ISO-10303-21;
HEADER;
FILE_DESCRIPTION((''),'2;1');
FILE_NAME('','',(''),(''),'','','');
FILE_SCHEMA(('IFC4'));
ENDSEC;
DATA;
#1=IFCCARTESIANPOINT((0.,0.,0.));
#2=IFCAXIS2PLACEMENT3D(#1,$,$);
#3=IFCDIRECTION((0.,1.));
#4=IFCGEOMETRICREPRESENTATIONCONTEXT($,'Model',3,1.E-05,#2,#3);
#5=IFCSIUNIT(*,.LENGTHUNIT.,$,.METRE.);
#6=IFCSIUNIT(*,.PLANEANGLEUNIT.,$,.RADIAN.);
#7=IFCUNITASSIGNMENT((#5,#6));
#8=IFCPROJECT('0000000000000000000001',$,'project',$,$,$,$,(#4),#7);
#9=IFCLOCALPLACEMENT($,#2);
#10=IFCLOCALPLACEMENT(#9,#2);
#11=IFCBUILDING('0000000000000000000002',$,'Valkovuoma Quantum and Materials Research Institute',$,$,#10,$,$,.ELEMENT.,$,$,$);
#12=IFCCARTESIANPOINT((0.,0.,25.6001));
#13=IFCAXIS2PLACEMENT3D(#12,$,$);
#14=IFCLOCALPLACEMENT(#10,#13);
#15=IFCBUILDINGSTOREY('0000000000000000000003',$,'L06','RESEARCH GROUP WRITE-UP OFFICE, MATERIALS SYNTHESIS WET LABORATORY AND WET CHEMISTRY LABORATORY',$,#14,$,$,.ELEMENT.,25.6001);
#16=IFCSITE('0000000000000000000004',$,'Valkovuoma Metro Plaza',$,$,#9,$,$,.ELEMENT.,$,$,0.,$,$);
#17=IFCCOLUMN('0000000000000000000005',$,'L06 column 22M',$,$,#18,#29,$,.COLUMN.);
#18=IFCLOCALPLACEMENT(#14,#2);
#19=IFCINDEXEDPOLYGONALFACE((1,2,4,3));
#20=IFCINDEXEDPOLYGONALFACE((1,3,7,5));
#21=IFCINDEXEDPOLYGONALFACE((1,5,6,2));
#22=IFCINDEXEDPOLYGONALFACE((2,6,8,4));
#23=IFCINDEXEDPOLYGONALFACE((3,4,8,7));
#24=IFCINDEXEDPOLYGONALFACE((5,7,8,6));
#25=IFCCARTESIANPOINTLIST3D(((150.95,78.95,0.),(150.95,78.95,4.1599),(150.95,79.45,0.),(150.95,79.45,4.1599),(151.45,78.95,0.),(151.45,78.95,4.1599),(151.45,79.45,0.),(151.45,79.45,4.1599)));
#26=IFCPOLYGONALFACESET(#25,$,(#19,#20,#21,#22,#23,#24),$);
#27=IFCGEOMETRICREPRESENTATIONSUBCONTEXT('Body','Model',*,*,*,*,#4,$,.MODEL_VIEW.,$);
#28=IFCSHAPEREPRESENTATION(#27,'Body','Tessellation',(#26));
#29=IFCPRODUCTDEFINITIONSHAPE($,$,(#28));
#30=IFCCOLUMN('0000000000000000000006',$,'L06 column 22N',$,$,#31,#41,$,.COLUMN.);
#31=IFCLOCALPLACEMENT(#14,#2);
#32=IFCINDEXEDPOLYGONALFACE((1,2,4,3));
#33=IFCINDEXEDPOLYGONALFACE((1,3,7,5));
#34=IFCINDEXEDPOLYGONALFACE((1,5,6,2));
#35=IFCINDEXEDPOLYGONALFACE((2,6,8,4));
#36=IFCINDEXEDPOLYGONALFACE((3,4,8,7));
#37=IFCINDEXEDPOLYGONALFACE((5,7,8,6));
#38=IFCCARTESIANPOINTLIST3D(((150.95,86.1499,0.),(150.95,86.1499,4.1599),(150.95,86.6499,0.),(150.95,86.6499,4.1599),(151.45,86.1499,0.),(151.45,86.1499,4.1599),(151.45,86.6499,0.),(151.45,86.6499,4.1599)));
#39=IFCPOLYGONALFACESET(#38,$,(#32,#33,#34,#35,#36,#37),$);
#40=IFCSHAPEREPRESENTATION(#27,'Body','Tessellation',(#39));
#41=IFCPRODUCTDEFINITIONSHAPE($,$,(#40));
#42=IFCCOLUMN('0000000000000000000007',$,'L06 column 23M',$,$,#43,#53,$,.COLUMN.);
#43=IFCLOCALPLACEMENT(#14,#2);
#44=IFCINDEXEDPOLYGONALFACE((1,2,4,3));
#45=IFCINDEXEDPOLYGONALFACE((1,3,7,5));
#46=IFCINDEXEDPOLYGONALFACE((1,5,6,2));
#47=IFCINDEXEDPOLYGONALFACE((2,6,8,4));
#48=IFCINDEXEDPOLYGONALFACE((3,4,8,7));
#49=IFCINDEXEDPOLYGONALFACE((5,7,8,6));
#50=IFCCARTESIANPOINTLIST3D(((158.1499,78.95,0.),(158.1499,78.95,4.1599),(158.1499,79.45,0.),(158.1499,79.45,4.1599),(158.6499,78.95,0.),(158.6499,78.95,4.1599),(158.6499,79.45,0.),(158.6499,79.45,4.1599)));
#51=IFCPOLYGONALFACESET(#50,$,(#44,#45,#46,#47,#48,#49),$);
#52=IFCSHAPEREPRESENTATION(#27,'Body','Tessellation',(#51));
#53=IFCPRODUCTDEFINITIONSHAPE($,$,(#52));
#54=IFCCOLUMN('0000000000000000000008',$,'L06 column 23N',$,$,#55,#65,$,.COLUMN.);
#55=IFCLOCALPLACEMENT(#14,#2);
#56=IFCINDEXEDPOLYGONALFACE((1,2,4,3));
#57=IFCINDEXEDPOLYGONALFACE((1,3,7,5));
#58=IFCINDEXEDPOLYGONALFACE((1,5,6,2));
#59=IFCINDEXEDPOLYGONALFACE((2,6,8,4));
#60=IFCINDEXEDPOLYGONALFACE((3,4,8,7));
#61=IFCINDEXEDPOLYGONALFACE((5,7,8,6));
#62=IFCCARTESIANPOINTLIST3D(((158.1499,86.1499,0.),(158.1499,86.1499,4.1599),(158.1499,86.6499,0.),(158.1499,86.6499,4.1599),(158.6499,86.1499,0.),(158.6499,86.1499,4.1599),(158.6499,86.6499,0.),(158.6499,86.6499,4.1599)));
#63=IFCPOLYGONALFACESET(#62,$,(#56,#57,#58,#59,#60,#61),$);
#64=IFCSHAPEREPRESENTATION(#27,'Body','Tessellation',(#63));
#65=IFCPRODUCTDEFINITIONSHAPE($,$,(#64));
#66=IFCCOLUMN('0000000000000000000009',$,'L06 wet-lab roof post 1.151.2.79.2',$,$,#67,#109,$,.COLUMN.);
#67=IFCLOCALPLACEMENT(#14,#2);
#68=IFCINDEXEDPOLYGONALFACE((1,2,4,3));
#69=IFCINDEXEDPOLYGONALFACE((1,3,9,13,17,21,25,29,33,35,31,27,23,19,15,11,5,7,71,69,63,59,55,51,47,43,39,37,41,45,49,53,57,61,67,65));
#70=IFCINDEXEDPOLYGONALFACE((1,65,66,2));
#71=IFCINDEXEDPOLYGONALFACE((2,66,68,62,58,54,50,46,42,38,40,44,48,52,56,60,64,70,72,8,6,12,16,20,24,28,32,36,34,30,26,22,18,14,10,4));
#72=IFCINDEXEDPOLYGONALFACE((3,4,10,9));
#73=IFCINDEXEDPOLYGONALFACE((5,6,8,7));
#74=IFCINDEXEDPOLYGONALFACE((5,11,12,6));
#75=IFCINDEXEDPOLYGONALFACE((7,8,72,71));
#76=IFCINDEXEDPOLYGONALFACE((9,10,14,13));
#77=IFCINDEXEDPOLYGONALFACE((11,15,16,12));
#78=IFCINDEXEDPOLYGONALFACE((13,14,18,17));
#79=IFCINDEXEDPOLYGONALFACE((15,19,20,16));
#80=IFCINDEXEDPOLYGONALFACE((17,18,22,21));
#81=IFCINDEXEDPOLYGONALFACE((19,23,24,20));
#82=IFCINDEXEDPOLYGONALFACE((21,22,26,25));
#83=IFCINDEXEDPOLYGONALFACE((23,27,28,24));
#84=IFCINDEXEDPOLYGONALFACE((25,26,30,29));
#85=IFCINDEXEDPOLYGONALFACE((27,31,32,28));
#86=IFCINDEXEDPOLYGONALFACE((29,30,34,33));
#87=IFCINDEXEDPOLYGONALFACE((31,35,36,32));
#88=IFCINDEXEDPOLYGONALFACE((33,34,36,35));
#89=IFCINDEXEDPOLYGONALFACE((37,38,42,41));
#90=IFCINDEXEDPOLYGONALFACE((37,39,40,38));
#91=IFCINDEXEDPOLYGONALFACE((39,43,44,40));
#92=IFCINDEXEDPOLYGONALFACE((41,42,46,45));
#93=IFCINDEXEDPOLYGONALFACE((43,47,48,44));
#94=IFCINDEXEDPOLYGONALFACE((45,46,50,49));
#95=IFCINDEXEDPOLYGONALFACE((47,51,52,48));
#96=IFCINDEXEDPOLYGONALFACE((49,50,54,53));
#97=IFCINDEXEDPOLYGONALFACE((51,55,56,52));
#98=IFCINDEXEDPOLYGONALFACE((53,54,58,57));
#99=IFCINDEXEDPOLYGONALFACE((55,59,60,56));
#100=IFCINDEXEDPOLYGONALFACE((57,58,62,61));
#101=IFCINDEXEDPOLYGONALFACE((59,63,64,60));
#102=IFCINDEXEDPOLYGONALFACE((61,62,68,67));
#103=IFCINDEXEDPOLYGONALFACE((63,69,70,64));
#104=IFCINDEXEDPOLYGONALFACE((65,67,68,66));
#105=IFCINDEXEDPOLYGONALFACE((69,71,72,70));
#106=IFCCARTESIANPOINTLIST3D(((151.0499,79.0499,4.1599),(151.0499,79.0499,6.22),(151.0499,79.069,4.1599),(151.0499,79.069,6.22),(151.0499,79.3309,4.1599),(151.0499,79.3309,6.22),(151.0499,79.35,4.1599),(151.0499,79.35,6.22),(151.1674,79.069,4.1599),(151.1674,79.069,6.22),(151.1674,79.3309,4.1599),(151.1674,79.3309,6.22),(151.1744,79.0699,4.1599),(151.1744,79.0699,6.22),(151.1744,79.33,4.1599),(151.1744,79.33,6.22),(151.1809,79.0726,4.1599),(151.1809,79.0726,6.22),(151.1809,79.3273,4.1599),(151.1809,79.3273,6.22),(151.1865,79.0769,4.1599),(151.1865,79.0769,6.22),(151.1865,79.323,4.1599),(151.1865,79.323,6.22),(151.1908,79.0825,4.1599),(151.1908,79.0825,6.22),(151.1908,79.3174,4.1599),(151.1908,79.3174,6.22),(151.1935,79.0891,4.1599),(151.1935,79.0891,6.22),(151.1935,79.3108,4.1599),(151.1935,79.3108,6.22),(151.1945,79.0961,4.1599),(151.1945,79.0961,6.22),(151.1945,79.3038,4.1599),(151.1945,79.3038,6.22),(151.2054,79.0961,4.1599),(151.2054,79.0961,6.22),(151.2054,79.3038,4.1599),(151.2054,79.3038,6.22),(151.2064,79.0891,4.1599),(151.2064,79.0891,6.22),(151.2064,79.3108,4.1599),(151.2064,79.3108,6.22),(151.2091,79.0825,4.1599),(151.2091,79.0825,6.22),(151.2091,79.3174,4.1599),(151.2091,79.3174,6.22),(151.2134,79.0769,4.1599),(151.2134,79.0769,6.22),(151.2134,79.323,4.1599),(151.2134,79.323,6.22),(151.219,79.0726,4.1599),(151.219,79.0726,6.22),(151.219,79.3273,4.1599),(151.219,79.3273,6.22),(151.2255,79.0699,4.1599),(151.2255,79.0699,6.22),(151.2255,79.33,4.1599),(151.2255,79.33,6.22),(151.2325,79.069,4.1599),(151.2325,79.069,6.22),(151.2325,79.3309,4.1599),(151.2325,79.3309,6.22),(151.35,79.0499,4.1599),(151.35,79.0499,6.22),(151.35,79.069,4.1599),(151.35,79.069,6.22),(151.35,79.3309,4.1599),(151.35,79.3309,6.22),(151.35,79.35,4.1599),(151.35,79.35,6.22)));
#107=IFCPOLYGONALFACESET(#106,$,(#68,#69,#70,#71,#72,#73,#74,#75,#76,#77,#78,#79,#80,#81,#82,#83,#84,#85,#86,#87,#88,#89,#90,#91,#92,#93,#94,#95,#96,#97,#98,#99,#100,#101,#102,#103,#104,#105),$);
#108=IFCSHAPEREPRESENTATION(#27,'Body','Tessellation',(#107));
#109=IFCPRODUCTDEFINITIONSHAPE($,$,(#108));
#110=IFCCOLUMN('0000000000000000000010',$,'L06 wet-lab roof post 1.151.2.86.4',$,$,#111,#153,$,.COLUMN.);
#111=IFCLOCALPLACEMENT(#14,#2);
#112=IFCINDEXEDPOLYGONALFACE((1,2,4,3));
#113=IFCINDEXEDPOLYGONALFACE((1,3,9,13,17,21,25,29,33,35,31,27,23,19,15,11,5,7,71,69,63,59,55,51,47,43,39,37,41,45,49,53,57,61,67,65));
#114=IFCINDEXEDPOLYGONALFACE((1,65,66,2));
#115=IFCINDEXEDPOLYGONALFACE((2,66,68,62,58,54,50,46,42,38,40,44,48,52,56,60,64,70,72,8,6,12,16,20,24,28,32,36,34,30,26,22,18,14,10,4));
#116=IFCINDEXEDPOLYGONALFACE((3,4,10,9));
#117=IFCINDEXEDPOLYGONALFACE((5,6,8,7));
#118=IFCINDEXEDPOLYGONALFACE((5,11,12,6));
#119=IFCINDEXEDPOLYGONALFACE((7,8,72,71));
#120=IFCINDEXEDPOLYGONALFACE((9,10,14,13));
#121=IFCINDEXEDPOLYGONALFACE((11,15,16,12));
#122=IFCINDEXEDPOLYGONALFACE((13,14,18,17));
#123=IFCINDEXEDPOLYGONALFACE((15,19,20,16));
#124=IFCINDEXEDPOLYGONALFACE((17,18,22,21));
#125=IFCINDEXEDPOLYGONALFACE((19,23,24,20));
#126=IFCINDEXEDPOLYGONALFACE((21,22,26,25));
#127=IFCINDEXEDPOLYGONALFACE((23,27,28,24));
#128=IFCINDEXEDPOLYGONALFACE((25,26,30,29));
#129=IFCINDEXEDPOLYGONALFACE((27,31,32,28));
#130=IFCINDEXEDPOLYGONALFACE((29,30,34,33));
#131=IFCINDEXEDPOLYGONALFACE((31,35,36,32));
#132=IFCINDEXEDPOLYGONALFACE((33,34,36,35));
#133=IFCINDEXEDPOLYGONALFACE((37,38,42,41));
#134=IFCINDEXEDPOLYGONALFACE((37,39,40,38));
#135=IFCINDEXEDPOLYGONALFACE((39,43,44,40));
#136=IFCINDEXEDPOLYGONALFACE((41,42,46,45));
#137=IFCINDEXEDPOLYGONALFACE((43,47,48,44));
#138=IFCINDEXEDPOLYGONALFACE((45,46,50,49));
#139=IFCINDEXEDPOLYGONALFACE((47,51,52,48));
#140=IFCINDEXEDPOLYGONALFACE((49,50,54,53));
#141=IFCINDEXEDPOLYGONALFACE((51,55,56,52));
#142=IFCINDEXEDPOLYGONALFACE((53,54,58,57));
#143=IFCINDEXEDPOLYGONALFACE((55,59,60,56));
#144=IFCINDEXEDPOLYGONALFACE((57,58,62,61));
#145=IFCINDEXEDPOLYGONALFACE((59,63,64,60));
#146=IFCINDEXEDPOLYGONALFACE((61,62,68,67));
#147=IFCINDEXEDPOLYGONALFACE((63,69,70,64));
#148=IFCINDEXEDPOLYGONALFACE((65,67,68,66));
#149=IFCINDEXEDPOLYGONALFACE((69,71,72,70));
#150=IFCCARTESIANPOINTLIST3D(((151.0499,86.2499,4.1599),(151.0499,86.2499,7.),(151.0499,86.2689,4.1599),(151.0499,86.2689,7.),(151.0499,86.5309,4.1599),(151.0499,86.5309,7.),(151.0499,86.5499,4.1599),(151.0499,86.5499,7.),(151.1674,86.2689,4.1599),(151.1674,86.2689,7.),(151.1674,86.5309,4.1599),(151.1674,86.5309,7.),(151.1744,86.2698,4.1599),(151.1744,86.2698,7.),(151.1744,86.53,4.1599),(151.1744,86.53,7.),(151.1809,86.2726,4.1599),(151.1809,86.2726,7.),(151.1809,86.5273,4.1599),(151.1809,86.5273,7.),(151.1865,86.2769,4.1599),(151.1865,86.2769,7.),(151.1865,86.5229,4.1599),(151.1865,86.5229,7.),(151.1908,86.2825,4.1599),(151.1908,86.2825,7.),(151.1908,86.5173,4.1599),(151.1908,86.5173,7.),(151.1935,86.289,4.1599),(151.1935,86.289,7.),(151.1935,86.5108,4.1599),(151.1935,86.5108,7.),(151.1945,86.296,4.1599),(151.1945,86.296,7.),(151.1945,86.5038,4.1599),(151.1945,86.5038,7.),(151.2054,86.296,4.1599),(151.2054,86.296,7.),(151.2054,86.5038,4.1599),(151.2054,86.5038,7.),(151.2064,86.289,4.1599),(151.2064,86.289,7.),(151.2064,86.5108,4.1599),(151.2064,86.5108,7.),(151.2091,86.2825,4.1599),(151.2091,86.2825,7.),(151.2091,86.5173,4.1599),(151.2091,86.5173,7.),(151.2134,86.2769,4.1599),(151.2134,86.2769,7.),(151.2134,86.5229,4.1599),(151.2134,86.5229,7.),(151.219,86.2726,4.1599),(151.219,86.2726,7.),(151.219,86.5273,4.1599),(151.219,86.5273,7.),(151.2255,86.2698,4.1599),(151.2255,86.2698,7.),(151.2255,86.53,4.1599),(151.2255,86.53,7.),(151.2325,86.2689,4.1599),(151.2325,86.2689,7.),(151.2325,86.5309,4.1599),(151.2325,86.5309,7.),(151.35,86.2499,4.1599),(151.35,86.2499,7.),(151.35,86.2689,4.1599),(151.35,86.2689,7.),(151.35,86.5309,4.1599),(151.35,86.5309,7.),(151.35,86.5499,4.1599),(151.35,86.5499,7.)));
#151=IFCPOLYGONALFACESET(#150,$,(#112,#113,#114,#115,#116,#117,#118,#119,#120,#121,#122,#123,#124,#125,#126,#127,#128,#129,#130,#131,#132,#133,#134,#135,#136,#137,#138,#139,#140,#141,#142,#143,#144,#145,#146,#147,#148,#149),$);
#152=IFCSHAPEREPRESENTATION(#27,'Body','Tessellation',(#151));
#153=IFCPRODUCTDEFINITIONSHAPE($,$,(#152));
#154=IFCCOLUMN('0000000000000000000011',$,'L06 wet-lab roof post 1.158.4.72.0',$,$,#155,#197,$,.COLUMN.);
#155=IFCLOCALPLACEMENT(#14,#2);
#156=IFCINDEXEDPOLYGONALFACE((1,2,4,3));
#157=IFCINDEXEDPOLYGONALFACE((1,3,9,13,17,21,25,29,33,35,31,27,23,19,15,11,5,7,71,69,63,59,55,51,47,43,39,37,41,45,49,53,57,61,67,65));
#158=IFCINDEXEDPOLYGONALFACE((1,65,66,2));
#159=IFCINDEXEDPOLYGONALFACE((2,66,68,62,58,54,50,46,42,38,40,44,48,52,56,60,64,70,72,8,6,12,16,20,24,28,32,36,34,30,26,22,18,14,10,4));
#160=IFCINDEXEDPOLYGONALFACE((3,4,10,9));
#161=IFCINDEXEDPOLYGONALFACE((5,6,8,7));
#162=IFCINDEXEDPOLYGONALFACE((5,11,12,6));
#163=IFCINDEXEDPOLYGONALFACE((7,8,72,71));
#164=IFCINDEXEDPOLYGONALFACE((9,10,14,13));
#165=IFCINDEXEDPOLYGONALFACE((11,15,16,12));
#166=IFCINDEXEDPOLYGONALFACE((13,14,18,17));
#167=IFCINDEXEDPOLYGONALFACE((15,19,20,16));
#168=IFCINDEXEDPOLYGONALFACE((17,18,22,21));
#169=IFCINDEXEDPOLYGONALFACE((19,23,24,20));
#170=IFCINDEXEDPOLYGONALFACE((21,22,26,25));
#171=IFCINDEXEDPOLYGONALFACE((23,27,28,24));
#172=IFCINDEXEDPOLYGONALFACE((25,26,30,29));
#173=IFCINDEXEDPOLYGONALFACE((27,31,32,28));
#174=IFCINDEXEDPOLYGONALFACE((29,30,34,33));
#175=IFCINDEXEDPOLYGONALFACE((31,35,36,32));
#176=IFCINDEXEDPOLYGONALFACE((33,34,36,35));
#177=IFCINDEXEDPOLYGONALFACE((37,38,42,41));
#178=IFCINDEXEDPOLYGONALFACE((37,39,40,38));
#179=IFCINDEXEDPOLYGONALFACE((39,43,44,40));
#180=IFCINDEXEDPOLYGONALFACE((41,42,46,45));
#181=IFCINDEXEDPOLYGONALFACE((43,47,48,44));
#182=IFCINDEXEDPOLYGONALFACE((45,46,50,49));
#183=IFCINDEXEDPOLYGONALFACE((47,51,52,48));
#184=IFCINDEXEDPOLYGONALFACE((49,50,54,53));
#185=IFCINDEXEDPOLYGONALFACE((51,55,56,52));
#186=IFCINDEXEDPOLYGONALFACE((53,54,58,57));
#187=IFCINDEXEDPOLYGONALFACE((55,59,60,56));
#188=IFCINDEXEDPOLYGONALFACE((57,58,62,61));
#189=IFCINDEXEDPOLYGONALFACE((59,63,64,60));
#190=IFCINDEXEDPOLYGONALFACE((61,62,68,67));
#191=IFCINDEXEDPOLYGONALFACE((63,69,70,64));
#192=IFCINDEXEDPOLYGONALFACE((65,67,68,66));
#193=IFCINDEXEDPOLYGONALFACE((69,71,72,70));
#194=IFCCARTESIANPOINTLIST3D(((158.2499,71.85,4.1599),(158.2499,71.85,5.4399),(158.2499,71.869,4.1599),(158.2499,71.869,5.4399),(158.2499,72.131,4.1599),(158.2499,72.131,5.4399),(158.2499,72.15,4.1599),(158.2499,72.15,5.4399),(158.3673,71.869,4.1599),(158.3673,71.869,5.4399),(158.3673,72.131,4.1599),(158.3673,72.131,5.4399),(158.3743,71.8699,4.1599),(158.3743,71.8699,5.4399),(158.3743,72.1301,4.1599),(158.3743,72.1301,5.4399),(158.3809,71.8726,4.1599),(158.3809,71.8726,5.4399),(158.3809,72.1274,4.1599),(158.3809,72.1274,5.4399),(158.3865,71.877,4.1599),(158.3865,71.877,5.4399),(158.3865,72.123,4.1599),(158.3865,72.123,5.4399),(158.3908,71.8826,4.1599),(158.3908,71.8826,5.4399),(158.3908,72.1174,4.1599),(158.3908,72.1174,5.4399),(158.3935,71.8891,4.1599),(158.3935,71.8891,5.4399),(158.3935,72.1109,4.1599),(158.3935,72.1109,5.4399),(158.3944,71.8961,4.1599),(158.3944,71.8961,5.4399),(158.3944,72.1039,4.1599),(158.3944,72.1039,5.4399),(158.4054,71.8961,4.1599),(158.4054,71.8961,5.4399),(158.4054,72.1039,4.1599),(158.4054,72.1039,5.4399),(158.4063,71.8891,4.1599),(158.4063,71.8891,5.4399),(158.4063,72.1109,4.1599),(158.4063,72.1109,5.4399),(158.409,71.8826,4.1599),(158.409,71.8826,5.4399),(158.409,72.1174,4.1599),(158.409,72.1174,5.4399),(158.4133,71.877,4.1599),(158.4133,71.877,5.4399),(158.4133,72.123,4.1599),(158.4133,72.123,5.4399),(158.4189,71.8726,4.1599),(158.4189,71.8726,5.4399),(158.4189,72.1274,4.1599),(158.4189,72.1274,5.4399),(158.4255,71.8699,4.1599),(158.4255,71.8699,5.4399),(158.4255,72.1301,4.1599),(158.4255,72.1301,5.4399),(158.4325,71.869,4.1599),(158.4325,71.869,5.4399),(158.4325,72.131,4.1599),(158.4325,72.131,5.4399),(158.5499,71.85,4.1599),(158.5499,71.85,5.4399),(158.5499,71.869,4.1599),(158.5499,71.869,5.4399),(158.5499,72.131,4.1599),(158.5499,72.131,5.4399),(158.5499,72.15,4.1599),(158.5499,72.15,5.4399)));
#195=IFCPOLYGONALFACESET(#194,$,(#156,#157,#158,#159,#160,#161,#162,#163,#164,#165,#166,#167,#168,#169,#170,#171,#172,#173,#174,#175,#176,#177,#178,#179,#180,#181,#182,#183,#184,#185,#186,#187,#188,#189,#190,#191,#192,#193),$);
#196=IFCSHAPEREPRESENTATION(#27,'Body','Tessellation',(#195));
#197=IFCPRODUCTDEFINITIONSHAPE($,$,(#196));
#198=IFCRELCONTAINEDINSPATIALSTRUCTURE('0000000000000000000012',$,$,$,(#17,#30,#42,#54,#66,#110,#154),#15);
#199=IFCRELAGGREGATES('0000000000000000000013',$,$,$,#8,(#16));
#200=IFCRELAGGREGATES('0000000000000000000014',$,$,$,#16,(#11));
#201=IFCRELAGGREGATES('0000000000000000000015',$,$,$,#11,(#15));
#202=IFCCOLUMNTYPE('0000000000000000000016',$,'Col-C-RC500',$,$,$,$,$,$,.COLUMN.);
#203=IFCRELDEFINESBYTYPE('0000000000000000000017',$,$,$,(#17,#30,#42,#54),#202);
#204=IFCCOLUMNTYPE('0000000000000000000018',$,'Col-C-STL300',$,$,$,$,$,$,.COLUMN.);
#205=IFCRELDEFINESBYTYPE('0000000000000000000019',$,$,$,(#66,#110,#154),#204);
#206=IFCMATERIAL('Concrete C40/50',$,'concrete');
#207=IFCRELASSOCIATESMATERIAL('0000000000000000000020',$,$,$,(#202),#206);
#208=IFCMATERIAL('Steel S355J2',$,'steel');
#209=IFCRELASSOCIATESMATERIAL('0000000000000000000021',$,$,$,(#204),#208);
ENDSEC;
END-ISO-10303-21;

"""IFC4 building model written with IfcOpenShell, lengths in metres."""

from ifc_helpers import new_model, si_unit, direction, frame, origin, origin_2d, place, context, subcontext, project, spatial, rectangle, i_section, extrude, material, material_profile, profile_set, type_object, element, save


model = new_model("IFC4")

# Units and contexts
model_context = context("Model", 3, precision=1e-05, world=origin(), true_north=direction((0.0, 1.0)))
body_context = subcontext(model_context, "Body", "Model", "MODEL_VIEW")
ifc_project = project(units=[si_unit("LENGTHUNIT", "METRE"), si_unit("PLANEANGLEUNIT", "RADIAN")], contexts=[model_context])

# Site, building, storey
site_placement = place(None, origin())
site = spatial("IfcSite", under=ifc_project, at=site_placement, Name="Valkovuoma Metro Plaza", CompositionType="ELEMENT", RefElevation=0.0)
building_placement = place(site_placement, origin())
building = spatial("IfcBuilding", under=site, at=building_placement, Name="Valkovuoma Quantum and Materials Research Institute", CompositionType="ELEMENT")
storey_placement = place(building_placement, frame((0.0, 0.0, 25.6001)))
storey = spatial("IfcBuildingStorey", under=building, at=storey_placement, Name="L06", Description="RESEARCH GROUP WRITE-UP OFFICE, MATERIALS SYNTHESIS WET LABORATORY AND WET CHEMISTRY LABORATORY", CompositionType="ELEMENT", Elevation=25.6001)

# Columns
ifc_material_1 = material(Name="Concrete C40/50", Category="concrete")
ifc_material_profile_1 = material_profile(ifc_material_1, rectangle(XDim=0.5, YDim=0.5, at=origin_2d()), Name="Concrete C40/50")
ifc_profile_set_1 = profile_set([ifc_material_profile_1], Name="Concrete C40/50")
column_type_1 = type_object("IfcColumnType", Name="Col-C-RC500", PredefinedType="COLUMN", material=ifc_profile_set_1)
for number, where, z_axis, x_axis, name in (
    (1, (151.2, 79.2, 0.0), (0.0, 0.0, 1.0), (1.0, 0.0, 0.0), "L06 column 22M"),
    (2, (151.2, 86.3999, 0.0), (0.0, 0.0, 1.0), (1.0, 0.0, 0.0), "L06 column 22N"),
    (3, (158.3999, 79.2, 0.0), (0.0, 0.0, 1.0), (1.0, 0.0, 0.0), "L06 column 23M"),
    (4, (158.3999, 86.3999, 0.0), (0.0, 0.0, 1.0), (1.0, 0.0, 0.0), "L06 column 23N"),
):
    element("IfcColumn", number, at=place(storey_placement, frame(where, z_axis=z_axis, x_axis=x_axis)), inside=storey, type_object=column_type_1, Name=name, PredefinedType="COLUMN", context=body_context, shape_type="SweptSolid", body=[
        extrude(rectangle(XDim=0.5, YDim=0.5, at=origin_2d()), origin(), (0.0, 0.0, 1.0), 4.1599),
    ])
ifc_material_2 = material(Name="Steel S355J2", Category="steel")
ifc_material_profile_2 = material_profile(ifc_material_2, i_section(OverallWidth=0.3, OverallDepth=0.3, WebThickness=0.011, FlangeThickness=0.019, FilletRadius=0.0271, at=origin_2d()), Name="Steel S355J2")
ifc_profile_set_2 = profile_set([ifc_material_profile_2], Name="Steel S355J2")
column_type_2 = type_object("IfcColumnType", Name="Col-C-STL300", PredefinedType="COLUMN", material=ifc_profile_set_2)
column_1_placement = place(storey_placement, frame((151.2, 79.2, 4.1599), z_axis=(0.0, 0.0, 1.0), x_axis=(1.0, 0.0, 0.0)))
element("IfcColumn", 5, at=column_1_placement, inside=storey, type_object=column_type_2, Name="L06 wet-lab roof post 1.151.2.79.2", PredefinedType="COLUMN", context=body_context, shape_type="SweptSolid", body=[
    extrude(i_section(OverallWidth=0.3, OverallDepth=0.3, WebThickness=0.011, FlangeThickness=0.019, FilletRadius=0.0271, at=origin_2d()), origin(), (0.0, 0.0, 1.0), 2.0601),
])
column_2_placement = place(storey_placement, frame((151.2, 86.3999, 4.1599), z_axis=(0.0, 0.0, 1.0), x_axis=(1.0, 0.0, 0.0)))
element("IfcColumn", 6, at=column_2_placement, inside=storey, type_object=column_type_2, Name="L06 wet-lab roof post 1.151.2.86.4", PredefinedType="COLUMN", context=body_context, shape_type="SweptSolid", body=[
    extrude(i_section(OverallWidth=0.3, OverallDepth=0.3, WebThickness=0.011, FlangeThickness=0.019, FilletRadius=0.0271, at=origin_2d()), origin(), (0.0, 0.0, 1.0), 2.8401),
])
column_3_placement = place(storey_placement, frame((158.3999, 72.0, 4.1599), z_axis=(0.0, 0.0, 1.0), x_axis=(1.0, 0.0, 0.0)))
element("IfcColumn", 7, at=column_3_placement, inside=storey, type_object=column_type_2, Name="L06 wet-lab roof post 1.158.4.72.0", PredefinedType="COLUMN", context=body_context, shape_type="SweptSolid", body=[
    extrude(i_section(OverallWidth=0.3, OverallDepth=0.3, WebThickness=0.011, FlangeThickness=0.019, FilletRadius=0.0271, at=origin_2d()), origin(), (0.0, 0.0, 1.0), 1.28),
])

save(model, "model.ifc")
